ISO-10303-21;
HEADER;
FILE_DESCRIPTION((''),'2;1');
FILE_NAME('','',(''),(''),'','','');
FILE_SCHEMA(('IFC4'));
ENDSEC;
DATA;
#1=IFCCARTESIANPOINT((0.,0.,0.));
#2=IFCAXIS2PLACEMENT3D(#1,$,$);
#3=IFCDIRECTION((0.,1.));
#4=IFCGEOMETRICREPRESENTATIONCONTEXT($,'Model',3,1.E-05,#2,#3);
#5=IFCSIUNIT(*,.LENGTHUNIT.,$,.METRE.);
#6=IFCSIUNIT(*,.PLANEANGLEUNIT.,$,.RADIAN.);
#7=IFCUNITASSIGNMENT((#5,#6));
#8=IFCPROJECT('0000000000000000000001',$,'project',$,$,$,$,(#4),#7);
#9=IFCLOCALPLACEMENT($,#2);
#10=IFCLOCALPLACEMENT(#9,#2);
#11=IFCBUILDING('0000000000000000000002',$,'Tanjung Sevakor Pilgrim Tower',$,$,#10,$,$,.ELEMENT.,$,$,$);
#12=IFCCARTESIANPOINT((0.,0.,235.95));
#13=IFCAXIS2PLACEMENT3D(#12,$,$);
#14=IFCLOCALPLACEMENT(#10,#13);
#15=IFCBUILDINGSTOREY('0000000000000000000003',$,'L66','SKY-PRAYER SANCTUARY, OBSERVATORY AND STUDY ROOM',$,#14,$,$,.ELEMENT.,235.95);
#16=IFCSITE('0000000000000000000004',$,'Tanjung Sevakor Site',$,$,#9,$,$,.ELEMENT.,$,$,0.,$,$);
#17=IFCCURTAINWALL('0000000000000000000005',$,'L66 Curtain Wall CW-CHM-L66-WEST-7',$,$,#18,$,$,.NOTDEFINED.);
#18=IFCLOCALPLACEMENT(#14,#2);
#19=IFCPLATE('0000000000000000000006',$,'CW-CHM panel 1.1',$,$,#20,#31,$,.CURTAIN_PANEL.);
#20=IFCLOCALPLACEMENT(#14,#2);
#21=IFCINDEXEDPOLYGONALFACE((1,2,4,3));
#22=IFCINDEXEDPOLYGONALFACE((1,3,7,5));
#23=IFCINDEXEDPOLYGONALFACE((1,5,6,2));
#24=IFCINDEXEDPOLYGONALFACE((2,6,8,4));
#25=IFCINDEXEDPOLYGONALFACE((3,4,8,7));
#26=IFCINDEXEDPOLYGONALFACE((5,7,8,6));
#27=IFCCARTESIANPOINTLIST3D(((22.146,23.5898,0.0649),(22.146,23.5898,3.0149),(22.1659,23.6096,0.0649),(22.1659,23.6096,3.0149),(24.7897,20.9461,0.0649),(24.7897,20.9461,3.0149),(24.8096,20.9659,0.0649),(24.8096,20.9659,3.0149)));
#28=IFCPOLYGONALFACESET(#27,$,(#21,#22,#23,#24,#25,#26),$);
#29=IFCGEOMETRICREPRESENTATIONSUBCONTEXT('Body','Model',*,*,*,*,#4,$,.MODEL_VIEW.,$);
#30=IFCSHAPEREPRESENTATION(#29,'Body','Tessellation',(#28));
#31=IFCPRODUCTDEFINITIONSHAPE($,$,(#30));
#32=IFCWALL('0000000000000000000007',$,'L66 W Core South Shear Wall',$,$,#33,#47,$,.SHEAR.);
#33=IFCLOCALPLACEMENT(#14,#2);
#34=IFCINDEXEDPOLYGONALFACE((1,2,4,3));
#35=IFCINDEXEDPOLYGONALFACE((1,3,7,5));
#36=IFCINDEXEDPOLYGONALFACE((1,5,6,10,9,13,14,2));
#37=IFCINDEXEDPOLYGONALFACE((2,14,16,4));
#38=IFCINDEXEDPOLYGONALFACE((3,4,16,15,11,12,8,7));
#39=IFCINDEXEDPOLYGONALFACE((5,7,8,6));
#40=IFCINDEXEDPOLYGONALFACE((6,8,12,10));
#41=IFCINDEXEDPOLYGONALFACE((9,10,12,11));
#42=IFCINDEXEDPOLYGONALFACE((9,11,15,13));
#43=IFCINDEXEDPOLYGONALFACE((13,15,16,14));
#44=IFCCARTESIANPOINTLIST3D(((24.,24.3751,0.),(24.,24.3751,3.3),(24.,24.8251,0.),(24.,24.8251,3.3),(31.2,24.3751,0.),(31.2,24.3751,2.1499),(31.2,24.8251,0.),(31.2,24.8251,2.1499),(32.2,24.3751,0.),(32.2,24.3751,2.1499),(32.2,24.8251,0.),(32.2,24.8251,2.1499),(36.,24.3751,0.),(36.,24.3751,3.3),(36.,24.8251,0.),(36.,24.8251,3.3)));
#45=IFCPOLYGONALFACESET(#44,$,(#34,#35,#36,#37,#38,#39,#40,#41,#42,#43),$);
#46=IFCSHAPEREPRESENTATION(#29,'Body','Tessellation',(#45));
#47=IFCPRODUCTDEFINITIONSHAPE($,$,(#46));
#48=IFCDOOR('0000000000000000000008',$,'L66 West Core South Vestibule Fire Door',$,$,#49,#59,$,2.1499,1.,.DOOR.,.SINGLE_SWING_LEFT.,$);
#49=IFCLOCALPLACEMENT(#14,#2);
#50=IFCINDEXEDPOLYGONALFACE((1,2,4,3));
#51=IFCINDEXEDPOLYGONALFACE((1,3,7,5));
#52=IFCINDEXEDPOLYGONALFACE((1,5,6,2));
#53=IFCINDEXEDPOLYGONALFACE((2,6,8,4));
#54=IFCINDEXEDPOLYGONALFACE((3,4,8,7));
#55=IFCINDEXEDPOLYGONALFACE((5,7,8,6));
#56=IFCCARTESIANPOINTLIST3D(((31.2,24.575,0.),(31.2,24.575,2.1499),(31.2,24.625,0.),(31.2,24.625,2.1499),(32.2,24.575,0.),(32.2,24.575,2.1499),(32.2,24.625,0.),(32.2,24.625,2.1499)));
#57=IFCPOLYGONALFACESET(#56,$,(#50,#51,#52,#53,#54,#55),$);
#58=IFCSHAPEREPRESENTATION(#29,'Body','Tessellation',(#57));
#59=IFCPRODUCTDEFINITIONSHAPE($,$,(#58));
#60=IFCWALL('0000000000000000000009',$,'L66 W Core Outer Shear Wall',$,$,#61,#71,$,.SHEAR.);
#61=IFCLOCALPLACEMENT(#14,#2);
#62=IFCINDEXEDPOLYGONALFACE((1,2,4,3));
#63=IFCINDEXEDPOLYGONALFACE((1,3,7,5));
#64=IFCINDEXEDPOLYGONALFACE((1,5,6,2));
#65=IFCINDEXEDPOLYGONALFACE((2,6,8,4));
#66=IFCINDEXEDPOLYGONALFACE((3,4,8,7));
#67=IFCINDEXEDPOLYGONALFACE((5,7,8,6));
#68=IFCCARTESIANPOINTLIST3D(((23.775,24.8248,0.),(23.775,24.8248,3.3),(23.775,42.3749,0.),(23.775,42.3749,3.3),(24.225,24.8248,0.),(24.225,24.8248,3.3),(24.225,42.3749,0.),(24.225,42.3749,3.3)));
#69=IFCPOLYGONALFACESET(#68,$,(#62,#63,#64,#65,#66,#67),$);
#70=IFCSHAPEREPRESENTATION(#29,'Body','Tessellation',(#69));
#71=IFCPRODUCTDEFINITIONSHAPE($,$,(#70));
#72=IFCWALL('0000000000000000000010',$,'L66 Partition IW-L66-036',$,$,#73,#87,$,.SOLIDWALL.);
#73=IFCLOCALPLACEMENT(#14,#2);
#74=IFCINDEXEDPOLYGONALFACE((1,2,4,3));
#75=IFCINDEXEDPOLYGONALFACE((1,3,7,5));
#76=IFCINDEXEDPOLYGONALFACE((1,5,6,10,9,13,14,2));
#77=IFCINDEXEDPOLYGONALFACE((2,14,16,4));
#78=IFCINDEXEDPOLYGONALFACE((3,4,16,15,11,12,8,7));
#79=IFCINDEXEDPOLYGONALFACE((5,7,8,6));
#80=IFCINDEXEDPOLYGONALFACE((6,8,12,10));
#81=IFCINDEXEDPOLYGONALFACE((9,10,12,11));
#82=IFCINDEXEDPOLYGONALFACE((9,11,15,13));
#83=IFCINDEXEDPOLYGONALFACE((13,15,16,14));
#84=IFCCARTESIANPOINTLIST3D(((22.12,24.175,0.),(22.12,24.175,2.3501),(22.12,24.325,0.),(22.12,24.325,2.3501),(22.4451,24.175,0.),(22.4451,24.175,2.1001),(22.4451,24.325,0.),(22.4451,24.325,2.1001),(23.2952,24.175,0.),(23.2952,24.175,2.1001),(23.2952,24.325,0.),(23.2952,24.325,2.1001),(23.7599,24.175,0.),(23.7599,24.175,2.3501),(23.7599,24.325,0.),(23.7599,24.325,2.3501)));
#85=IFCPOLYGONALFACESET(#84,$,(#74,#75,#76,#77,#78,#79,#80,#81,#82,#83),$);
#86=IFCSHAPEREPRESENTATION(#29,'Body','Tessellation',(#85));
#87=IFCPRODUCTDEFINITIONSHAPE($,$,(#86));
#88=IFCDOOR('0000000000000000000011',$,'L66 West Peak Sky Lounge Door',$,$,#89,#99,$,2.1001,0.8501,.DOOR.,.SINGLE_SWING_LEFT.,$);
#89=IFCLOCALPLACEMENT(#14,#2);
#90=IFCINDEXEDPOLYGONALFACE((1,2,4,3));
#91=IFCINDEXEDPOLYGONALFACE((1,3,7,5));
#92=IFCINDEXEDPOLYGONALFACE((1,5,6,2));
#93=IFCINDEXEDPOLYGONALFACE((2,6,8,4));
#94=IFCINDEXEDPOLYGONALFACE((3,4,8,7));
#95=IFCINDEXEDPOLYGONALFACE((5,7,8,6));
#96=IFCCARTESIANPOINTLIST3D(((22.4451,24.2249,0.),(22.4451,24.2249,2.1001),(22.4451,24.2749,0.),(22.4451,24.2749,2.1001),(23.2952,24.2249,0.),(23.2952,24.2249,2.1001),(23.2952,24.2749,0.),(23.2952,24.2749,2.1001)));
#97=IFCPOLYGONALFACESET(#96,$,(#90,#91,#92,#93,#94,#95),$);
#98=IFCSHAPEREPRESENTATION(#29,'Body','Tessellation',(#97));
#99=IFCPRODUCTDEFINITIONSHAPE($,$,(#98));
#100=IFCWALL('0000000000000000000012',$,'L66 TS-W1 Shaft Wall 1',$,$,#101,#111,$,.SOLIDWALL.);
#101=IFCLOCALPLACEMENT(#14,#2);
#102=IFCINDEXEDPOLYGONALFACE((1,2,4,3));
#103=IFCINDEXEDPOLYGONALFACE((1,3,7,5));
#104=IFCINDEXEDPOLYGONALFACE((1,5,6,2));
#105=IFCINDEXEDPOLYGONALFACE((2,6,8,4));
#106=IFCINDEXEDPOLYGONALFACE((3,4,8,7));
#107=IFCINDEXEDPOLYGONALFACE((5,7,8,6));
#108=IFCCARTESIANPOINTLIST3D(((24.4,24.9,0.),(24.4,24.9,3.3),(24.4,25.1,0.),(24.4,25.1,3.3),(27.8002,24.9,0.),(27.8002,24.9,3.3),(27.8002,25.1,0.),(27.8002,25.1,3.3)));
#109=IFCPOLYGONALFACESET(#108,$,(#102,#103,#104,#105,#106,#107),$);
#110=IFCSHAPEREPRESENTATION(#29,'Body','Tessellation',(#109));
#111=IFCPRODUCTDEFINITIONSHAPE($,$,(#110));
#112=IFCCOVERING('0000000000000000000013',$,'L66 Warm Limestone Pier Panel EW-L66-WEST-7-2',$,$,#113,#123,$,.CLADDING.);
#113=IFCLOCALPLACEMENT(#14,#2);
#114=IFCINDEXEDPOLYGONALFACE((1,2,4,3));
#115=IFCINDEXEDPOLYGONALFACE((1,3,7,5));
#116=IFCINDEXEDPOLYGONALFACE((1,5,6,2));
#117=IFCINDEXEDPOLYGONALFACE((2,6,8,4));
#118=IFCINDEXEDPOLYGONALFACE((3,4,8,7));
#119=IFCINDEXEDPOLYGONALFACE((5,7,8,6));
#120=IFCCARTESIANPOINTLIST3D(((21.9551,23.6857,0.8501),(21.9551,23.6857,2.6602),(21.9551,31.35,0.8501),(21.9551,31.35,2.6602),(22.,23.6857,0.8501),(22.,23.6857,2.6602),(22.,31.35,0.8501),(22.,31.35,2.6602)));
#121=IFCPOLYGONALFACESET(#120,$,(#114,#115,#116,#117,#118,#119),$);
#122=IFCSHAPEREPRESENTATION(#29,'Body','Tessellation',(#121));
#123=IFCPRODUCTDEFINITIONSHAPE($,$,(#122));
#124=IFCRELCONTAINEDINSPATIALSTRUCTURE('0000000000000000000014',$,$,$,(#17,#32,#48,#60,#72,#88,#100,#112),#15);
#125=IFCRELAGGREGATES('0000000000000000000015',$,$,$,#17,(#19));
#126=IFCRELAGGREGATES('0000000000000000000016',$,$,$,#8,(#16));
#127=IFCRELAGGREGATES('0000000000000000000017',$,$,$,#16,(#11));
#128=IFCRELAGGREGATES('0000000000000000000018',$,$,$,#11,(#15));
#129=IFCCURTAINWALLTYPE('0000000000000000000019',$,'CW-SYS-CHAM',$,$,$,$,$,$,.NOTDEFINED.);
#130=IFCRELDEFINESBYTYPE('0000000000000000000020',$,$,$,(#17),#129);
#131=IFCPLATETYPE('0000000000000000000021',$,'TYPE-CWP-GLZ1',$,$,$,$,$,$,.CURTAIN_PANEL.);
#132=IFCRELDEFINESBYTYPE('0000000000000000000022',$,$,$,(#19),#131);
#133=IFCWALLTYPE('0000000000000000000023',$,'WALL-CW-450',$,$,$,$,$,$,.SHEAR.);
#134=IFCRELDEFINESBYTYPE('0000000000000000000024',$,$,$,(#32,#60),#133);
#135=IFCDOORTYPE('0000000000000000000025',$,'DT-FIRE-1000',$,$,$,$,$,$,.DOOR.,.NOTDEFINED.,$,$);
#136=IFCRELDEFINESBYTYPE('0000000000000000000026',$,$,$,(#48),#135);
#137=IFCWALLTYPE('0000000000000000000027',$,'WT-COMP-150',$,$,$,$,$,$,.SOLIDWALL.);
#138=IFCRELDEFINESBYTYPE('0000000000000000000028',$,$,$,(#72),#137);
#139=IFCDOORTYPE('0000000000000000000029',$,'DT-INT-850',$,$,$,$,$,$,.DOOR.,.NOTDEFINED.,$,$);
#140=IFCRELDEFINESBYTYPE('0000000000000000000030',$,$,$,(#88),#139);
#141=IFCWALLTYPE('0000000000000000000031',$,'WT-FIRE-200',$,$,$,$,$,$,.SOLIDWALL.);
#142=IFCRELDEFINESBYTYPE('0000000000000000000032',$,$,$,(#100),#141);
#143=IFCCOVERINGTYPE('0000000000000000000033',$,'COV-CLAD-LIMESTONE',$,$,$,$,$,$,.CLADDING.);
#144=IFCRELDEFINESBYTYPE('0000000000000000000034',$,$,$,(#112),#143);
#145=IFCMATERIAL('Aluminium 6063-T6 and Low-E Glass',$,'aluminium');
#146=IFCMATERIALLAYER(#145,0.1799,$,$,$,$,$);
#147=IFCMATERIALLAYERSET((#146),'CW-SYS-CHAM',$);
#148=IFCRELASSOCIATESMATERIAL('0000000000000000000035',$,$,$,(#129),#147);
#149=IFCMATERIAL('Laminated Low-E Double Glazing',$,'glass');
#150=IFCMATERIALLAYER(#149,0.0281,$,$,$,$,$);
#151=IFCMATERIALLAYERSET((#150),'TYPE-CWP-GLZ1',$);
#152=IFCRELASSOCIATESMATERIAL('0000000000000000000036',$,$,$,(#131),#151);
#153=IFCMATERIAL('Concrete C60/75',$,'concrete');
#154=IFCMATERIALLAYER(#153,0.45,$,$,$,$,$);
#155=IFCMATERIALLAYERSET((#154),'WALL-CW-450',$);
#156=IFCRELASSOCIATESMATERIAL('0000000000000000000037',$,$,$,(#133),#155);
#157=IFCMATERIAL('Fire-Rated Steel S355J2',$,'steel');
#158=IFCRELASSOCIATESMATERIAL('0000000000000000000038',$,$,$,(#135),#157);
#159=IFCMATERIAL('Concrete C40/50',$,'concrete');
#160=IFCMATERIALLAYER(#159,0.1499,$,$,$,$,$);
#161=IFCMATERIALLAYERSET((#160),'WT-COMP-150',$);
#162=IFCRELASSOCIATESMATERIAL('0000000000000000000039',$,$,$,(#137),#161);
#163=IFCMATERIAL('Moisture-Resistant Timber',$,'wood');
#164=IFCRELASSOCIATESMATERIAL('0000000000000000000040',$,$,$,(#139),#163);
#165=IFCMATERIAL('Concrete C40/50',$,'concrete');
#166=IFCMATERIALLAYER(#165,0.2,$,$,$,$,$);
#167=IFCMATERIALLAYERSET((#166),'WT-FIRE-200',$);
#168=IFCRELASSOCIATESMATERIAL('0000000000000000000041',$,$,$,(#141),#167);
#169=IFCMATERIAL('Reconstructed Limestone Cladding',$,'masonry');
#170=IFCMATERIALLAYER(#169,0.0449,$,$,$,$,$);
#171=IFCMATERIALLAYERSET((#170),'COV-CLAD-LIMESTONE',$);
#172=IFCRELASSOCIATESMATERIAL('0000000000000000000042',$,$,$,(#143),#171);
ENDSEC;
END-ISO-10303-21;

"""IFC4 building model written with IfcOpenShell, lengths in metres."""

from ifc_helpers import new_model, si_unit, direction, frame, frame_2d, origin, origin_2d, place, context, subcontext, project, spatial, rectangle, extrude, material, layer, layer_set, type_object, element, fill, aggregate, save


model = new_model("IFC4")

# Units and contexts
model_context = context("Model", 3, precision=1e-05, world=origin(), true_north=direction((0.0, 1.0)))
body_context = subcontext(model_context, "Body", "Model", "MODEL_VIEW")
ifc_project = project(units=[si_unit("LENGTHUNIT", "METRE"), si_unit("PLANEANGLEUNIT", "RADIAN")], contexts=[model_context])

# Site, building, storey
site_placement = place(None, origin())
site = spatial("IfcSite", under=ifc_project, at=site_placement, Name="Tanjung Sevakor Site", CompositionType="ELEMENT", RefElevation=0.0)
building_placement = place(site_placement, origin())
building = spatial("IfcBuilding", under=site, at=building_placement, Name="Tanjung Sevakor Pilgrim Tower", CompositionType="ELEMENT")
storey_placement = place(building_placement, frame((0.0, 0.0, 235.95)))
storey = spatial("IfcBuildingStorey", under=building, at=storey_placement, Name="L66", Description="SKY-PRAYER SANCTUARY, OBSERVATORY AND STUDY ROOM", CompositionType="ELEMENT", Elevation=235.95)

# Curtain wall
ifc_material_1 = material(Name="Aluminium 6063-T6 and Low-E Glass", Category="aluminium")
ifc_layer_1 = layer(ifc_material_1, 0.1799)
ifc_layer_set_1 = layer_set([ifc_layer_1], Name="CW-SYS-CHAM")
curtain_wall_type = type_object("IfcCurtainWallType", Name="CW-SYS-CHAM", PredefinedType="NOTDEFINED", material=ifc_layer_set_1)
curtain_wall_placement = place(storey_placement, origin())
curtain_wall = element("IfcCurtainWall", 1, at=curtain_wall_placement, inside=storey, type_object=curtain_wall_type, Name="L66 Curtain Wall CW-CHM-L66-WEST-7", PredefinedType="NOTDEFINED")

# Plate
ifc_material_2 = material(Name="Laminated Low-E Double Glazing", Category="glass")
ifc_layer_2 = layer(ifc_material_2, 0.0281)
ifc_layer_set_2 = layer_set([ifc_layer_2], Name="TYPE-CWP-GLZ1")
plate_type = type_object("IfcPlateType", Name="TYPE-CWP-GLZ1", PredefinedType="CURTAIN_PANEL", material=ifc_layer_set_2)
plate_placement = place(storey_placement, frame((23.4778, 22.2778, 0.0649), z_axis=(0.0, 0.0, 1.0), x_axis=(0.707107, -0.707107, 0.0)))
plate = element("IfcPlate", 2, at=plate_placement, type_object=plate_type, Name="CW-CHM panel 1.1", PredefinedType="CURTAIN_PANEL", context=body_context, shape_type="SweptSolid", body=[
    extrude(rectangle(XDim=3.7388, YDim=0.0281, at=origin_2d()), origin(), (0.0, 0.0, 1.0), 2.95),
])
aggregate(curtain_wall, [plate])

# Wall, opening, door
ifc_material_3 = material(Name="Concrete C60/75", Category="concrete")
ifc_layer_3 = layer(ifc_material_3, 0.45)
ifc_layer_set_3 = layer_set([ifc_layer_3], Name="WALL-CW-450")
wall_type_1 = type_object("IfcWallType", Name="WALL-CW-450", PredefinedType="SHEAR", material=ifc_layer_set_3)
wall_1_placement = place(storey_placement, frame((24.0, 24.6001, 0.0), z_axis=(0.0, 0.0, 1.0), x_axis=(1.0, 0.0, 0.0)))
wall_1 = element("IfcWall", 3, at=wall_1_placement, inside=storey, type_object=wall_type_1, Name="L66 W Core South Shear Wall", PredefinedType="SHEAR", context=body_context, shape_type="SweptSolid", body=[
    extrude(rectangle(XDim=12.0, YDim=0.45, at=frame_2d((6.0, 0.0))), origin(), (0.0, 0.0, 1.0), 3.3),
])
opening_1_placement = place(wall_1_placement, frame((7.2, 0.0, 0.0)))
opening_1 = element("IfcOpeningElement", 4, at=opening_1_placement, cuts=wall_1, PredefinedType="OPENING", context=body_context, shape_type="SweptSolid", body=[
    extrude(rectangle(XDim=1.0, YDim=2.1499, at=frame_2d((0.5, 1.075))), frame((0.0, 0.2349, 0.0), z_axis=(0.0, -1.0, 0.0), x_axis=(1.0, 0.0, 0.0)), (0.0, 0.0, 1.0), 0.47),
])
ifc_material_4 = material(Name="Fire-Rated Steel S355J2", Category="steel")
door_type_1 = type_object("IfcDoorType", Name="DT-FIRE-1000", OperationType="NOTDEFINED", PredefinedType="DOOR", material=ifc_material_4)
door_1_placement = place(opening_1_placement, origin())
door_1 = element("IfcDoor", 5, at=door_1_placement, inside=storey, type_object=door_type_1, Name="L66 West Core South Vestibule Fire Door", OperationType="SINGLE_SWING_LEFT", OverallHeight=2.1499, OverallWidth=1.0, PredefinedType="DOOR", context=body_context, shape_type="SweptSolid", body=[
    extrude(rectangle(XDim=1.0, YDim=2.1499, at=frame_2d((0.5, 1.075))), frame((0.0, 0.0249, 0.0), z_axis=(0.0, -1.0, 0.0), x_axis=(1.0, 0.0, 0.0)), (0.0, 0.0, 1.0), 0.05),
])
fill(opening_1, door_1)

# Wall
wall_2_placement = place(storey_placement, frame((24.0, 24.825, 0.0), z_axis=(0.0, 0.0, 1.0), x_axis=(0.0, 1.0, 0.0)))
element("IfcWall", 6, at=wall_2_placement, inside=storey, type_object=wall_type_1, Name="L66 W Core Outer Shear Wall", PredefinedType="SHEAR", context=body_context, shape_type="SweptSolid", body=[
    extrude(rectangle(XDim=17.55, YDim=0.45, at=frame_2d((8.7749, 0.0))), origin(), (0.0, 0.0, 1.0), 3.3),
])

# Wall, opening, door
ifc_material_5 = material(Name="Concrete C40/50", Category="concrete")
ifc_layer_4 = layer(ifc_material_5, 0.1499)
ifc_layer_set_4 = layer_set([ifc_layer_4], Name="WT-COMP-150")
wall_type_2 = type_object("IfcWallType", Name="WT-COMP-150", PredefinedType="SOLIDWALL", material=ifc_layer_set_4)
wall_3_placement = place(storey_placement, frame((22.1201, 24.25, 0.0), z_axis=(0.0, 0.0, 1.0), x_axis=(1.0, 0.0, 0.0)))
wall_3 = element("IfcWall", 7, at=wall_3_placement, inside=storey, type_object=wall_type_2, Name="L66 Partition IW-L66-036", PredefinedType="SOLIDWALL", context=body_context, shape_type="SweptSolid", body=[
    extrude(rectangle(XDim=1.6399, YDim=0.1499, at=frame_2d((0.8198, 0.0))), origin(), (0.0, 0.0, 1.0), 2.3501),
])
opening_2_placement = place(wall_3_placement, frame((0.325, 0.0, 0.0)))
opening_2 = element("IfcOpeningElement", 8, at=opening_2_placement, cuts=wall_3, PredefinedType="OPENING", context=body_context, shape_type="SweptSolid", body=[
    extrude(rectangle(XDim=0.8501, YDim=2.1001, at=frame_2d((0.425, 1.05))), frame((0.0, 0.085, 0.0), z_axis=(0.0, -1.0, 0.0), x_axis=(1.0, 0.0, 0.0)), (0.0, 0.0, 1.0), 0.1699),
])
ifc_material_6 = material(Name="Moisture-Resistant Timber", Category="wood")
door_type_2 = type_object("IfcDoorType", Name="DT-INT-850", OperationType="NOTDEFINED", PredefinedType="DOOR", material=ifc_material_6)
door_2_placement = place(opening_2_placement, origin())
door_2 = element("IfcDoor", 9, at=door_2_placement, inside=storey, type_object=door_type_2, Name="L66 West Peak Sky Lounge Door", OperationType="SINGLE_SWING_LEFT", OverallHeight=2.1001, OverallWidth=0.8501, PredefinedType="DOOR", context=body_context, shape_type="SweptSolid", body=[
    extrude(rectangle(XDim=0.8501, YDim=2.1001, at=frame_2d((0.425, 1.05))), frame((0.0, 0.0249, 0.0), z_axis=(0.0, -1.0, 0.0), x_axis=(1.0, 0.0, 0.0)), (0.0, 0.0, 1.0), 0.05),
])
fill(opening_2, door_2)

# Wall
ifc_material_7 = material(Name="Concrete C40/50", Category="concrete")
ifc_layer_5 = layer(ifc_material_7, 0.2)
ifc_layer_set_5 = layer_set([ifc_layer_5], Name="WT-FIRE-200")
wall_type_3 = type_object("IfcWallType", Name="WT-FIRE-200", PredefinedType="SOLIDWALL", material=ifc_layer_set_5)
wall_4_placement = place(storey_placement, frame((24.3999, 25.0, 0.0), z_axis=(0.0, 0.0, 1.0), x_axis=(1.0, 0.0, 0.0)))
element("IfcWall", 10, at=wall_4_placement, inside=storey, type_object=wall_type_3, Name="L66 TS-W1 Shaft Wall 1", PredefinedType="SOLIDWALL", context=body_context, shape_type="SweptSolid", body=[
    extrude(rectangle(XDim=3.4001, YDim=0.2, at=frame_2d((1.7002, 0.0))), origin(), (0.0, 0.0, 1.0), 3.3),
])

# Covering
ifc_material_8 = material(Name="Reconstructed Limestone Cladding", Category="masonry")
ifc_layer_6 = layer(ifc_material_8, 0.0449)
ifc_layer_set_6 = layer_set([ifc_layer_6], Name="COV-CLAD-LIMESTONE")
covering_type = type_object("IfcCoveringType", Name="COV-CLAD-LIMESTONE", PredefinedType="CLADDING", material=ifc_layer_set_6)
covering_placement = place(storey_placement, frame((21.9775, 27.5178, 0.8501), z_axis=(0.0, 0.0, 1.0), x_axis=(0.0, -1.0, 0.0)))
element("IfcCovering", 11, at=covering_placement, inside=storey, type_object=covering_type, Name="L66 Warm Limestone Pier Panel EW-L66-WEST-7-2", PredefinedType="CLADDING", context=body_context, shape_type="SweptSolid", body=[
    extrude(rectangle(XDim=7.6643, YDim=0.0449, at=origin_2d()), origin(), (0.0, 0.0, 1.0), 1.8101),
])

save(model, "model.ifc")
